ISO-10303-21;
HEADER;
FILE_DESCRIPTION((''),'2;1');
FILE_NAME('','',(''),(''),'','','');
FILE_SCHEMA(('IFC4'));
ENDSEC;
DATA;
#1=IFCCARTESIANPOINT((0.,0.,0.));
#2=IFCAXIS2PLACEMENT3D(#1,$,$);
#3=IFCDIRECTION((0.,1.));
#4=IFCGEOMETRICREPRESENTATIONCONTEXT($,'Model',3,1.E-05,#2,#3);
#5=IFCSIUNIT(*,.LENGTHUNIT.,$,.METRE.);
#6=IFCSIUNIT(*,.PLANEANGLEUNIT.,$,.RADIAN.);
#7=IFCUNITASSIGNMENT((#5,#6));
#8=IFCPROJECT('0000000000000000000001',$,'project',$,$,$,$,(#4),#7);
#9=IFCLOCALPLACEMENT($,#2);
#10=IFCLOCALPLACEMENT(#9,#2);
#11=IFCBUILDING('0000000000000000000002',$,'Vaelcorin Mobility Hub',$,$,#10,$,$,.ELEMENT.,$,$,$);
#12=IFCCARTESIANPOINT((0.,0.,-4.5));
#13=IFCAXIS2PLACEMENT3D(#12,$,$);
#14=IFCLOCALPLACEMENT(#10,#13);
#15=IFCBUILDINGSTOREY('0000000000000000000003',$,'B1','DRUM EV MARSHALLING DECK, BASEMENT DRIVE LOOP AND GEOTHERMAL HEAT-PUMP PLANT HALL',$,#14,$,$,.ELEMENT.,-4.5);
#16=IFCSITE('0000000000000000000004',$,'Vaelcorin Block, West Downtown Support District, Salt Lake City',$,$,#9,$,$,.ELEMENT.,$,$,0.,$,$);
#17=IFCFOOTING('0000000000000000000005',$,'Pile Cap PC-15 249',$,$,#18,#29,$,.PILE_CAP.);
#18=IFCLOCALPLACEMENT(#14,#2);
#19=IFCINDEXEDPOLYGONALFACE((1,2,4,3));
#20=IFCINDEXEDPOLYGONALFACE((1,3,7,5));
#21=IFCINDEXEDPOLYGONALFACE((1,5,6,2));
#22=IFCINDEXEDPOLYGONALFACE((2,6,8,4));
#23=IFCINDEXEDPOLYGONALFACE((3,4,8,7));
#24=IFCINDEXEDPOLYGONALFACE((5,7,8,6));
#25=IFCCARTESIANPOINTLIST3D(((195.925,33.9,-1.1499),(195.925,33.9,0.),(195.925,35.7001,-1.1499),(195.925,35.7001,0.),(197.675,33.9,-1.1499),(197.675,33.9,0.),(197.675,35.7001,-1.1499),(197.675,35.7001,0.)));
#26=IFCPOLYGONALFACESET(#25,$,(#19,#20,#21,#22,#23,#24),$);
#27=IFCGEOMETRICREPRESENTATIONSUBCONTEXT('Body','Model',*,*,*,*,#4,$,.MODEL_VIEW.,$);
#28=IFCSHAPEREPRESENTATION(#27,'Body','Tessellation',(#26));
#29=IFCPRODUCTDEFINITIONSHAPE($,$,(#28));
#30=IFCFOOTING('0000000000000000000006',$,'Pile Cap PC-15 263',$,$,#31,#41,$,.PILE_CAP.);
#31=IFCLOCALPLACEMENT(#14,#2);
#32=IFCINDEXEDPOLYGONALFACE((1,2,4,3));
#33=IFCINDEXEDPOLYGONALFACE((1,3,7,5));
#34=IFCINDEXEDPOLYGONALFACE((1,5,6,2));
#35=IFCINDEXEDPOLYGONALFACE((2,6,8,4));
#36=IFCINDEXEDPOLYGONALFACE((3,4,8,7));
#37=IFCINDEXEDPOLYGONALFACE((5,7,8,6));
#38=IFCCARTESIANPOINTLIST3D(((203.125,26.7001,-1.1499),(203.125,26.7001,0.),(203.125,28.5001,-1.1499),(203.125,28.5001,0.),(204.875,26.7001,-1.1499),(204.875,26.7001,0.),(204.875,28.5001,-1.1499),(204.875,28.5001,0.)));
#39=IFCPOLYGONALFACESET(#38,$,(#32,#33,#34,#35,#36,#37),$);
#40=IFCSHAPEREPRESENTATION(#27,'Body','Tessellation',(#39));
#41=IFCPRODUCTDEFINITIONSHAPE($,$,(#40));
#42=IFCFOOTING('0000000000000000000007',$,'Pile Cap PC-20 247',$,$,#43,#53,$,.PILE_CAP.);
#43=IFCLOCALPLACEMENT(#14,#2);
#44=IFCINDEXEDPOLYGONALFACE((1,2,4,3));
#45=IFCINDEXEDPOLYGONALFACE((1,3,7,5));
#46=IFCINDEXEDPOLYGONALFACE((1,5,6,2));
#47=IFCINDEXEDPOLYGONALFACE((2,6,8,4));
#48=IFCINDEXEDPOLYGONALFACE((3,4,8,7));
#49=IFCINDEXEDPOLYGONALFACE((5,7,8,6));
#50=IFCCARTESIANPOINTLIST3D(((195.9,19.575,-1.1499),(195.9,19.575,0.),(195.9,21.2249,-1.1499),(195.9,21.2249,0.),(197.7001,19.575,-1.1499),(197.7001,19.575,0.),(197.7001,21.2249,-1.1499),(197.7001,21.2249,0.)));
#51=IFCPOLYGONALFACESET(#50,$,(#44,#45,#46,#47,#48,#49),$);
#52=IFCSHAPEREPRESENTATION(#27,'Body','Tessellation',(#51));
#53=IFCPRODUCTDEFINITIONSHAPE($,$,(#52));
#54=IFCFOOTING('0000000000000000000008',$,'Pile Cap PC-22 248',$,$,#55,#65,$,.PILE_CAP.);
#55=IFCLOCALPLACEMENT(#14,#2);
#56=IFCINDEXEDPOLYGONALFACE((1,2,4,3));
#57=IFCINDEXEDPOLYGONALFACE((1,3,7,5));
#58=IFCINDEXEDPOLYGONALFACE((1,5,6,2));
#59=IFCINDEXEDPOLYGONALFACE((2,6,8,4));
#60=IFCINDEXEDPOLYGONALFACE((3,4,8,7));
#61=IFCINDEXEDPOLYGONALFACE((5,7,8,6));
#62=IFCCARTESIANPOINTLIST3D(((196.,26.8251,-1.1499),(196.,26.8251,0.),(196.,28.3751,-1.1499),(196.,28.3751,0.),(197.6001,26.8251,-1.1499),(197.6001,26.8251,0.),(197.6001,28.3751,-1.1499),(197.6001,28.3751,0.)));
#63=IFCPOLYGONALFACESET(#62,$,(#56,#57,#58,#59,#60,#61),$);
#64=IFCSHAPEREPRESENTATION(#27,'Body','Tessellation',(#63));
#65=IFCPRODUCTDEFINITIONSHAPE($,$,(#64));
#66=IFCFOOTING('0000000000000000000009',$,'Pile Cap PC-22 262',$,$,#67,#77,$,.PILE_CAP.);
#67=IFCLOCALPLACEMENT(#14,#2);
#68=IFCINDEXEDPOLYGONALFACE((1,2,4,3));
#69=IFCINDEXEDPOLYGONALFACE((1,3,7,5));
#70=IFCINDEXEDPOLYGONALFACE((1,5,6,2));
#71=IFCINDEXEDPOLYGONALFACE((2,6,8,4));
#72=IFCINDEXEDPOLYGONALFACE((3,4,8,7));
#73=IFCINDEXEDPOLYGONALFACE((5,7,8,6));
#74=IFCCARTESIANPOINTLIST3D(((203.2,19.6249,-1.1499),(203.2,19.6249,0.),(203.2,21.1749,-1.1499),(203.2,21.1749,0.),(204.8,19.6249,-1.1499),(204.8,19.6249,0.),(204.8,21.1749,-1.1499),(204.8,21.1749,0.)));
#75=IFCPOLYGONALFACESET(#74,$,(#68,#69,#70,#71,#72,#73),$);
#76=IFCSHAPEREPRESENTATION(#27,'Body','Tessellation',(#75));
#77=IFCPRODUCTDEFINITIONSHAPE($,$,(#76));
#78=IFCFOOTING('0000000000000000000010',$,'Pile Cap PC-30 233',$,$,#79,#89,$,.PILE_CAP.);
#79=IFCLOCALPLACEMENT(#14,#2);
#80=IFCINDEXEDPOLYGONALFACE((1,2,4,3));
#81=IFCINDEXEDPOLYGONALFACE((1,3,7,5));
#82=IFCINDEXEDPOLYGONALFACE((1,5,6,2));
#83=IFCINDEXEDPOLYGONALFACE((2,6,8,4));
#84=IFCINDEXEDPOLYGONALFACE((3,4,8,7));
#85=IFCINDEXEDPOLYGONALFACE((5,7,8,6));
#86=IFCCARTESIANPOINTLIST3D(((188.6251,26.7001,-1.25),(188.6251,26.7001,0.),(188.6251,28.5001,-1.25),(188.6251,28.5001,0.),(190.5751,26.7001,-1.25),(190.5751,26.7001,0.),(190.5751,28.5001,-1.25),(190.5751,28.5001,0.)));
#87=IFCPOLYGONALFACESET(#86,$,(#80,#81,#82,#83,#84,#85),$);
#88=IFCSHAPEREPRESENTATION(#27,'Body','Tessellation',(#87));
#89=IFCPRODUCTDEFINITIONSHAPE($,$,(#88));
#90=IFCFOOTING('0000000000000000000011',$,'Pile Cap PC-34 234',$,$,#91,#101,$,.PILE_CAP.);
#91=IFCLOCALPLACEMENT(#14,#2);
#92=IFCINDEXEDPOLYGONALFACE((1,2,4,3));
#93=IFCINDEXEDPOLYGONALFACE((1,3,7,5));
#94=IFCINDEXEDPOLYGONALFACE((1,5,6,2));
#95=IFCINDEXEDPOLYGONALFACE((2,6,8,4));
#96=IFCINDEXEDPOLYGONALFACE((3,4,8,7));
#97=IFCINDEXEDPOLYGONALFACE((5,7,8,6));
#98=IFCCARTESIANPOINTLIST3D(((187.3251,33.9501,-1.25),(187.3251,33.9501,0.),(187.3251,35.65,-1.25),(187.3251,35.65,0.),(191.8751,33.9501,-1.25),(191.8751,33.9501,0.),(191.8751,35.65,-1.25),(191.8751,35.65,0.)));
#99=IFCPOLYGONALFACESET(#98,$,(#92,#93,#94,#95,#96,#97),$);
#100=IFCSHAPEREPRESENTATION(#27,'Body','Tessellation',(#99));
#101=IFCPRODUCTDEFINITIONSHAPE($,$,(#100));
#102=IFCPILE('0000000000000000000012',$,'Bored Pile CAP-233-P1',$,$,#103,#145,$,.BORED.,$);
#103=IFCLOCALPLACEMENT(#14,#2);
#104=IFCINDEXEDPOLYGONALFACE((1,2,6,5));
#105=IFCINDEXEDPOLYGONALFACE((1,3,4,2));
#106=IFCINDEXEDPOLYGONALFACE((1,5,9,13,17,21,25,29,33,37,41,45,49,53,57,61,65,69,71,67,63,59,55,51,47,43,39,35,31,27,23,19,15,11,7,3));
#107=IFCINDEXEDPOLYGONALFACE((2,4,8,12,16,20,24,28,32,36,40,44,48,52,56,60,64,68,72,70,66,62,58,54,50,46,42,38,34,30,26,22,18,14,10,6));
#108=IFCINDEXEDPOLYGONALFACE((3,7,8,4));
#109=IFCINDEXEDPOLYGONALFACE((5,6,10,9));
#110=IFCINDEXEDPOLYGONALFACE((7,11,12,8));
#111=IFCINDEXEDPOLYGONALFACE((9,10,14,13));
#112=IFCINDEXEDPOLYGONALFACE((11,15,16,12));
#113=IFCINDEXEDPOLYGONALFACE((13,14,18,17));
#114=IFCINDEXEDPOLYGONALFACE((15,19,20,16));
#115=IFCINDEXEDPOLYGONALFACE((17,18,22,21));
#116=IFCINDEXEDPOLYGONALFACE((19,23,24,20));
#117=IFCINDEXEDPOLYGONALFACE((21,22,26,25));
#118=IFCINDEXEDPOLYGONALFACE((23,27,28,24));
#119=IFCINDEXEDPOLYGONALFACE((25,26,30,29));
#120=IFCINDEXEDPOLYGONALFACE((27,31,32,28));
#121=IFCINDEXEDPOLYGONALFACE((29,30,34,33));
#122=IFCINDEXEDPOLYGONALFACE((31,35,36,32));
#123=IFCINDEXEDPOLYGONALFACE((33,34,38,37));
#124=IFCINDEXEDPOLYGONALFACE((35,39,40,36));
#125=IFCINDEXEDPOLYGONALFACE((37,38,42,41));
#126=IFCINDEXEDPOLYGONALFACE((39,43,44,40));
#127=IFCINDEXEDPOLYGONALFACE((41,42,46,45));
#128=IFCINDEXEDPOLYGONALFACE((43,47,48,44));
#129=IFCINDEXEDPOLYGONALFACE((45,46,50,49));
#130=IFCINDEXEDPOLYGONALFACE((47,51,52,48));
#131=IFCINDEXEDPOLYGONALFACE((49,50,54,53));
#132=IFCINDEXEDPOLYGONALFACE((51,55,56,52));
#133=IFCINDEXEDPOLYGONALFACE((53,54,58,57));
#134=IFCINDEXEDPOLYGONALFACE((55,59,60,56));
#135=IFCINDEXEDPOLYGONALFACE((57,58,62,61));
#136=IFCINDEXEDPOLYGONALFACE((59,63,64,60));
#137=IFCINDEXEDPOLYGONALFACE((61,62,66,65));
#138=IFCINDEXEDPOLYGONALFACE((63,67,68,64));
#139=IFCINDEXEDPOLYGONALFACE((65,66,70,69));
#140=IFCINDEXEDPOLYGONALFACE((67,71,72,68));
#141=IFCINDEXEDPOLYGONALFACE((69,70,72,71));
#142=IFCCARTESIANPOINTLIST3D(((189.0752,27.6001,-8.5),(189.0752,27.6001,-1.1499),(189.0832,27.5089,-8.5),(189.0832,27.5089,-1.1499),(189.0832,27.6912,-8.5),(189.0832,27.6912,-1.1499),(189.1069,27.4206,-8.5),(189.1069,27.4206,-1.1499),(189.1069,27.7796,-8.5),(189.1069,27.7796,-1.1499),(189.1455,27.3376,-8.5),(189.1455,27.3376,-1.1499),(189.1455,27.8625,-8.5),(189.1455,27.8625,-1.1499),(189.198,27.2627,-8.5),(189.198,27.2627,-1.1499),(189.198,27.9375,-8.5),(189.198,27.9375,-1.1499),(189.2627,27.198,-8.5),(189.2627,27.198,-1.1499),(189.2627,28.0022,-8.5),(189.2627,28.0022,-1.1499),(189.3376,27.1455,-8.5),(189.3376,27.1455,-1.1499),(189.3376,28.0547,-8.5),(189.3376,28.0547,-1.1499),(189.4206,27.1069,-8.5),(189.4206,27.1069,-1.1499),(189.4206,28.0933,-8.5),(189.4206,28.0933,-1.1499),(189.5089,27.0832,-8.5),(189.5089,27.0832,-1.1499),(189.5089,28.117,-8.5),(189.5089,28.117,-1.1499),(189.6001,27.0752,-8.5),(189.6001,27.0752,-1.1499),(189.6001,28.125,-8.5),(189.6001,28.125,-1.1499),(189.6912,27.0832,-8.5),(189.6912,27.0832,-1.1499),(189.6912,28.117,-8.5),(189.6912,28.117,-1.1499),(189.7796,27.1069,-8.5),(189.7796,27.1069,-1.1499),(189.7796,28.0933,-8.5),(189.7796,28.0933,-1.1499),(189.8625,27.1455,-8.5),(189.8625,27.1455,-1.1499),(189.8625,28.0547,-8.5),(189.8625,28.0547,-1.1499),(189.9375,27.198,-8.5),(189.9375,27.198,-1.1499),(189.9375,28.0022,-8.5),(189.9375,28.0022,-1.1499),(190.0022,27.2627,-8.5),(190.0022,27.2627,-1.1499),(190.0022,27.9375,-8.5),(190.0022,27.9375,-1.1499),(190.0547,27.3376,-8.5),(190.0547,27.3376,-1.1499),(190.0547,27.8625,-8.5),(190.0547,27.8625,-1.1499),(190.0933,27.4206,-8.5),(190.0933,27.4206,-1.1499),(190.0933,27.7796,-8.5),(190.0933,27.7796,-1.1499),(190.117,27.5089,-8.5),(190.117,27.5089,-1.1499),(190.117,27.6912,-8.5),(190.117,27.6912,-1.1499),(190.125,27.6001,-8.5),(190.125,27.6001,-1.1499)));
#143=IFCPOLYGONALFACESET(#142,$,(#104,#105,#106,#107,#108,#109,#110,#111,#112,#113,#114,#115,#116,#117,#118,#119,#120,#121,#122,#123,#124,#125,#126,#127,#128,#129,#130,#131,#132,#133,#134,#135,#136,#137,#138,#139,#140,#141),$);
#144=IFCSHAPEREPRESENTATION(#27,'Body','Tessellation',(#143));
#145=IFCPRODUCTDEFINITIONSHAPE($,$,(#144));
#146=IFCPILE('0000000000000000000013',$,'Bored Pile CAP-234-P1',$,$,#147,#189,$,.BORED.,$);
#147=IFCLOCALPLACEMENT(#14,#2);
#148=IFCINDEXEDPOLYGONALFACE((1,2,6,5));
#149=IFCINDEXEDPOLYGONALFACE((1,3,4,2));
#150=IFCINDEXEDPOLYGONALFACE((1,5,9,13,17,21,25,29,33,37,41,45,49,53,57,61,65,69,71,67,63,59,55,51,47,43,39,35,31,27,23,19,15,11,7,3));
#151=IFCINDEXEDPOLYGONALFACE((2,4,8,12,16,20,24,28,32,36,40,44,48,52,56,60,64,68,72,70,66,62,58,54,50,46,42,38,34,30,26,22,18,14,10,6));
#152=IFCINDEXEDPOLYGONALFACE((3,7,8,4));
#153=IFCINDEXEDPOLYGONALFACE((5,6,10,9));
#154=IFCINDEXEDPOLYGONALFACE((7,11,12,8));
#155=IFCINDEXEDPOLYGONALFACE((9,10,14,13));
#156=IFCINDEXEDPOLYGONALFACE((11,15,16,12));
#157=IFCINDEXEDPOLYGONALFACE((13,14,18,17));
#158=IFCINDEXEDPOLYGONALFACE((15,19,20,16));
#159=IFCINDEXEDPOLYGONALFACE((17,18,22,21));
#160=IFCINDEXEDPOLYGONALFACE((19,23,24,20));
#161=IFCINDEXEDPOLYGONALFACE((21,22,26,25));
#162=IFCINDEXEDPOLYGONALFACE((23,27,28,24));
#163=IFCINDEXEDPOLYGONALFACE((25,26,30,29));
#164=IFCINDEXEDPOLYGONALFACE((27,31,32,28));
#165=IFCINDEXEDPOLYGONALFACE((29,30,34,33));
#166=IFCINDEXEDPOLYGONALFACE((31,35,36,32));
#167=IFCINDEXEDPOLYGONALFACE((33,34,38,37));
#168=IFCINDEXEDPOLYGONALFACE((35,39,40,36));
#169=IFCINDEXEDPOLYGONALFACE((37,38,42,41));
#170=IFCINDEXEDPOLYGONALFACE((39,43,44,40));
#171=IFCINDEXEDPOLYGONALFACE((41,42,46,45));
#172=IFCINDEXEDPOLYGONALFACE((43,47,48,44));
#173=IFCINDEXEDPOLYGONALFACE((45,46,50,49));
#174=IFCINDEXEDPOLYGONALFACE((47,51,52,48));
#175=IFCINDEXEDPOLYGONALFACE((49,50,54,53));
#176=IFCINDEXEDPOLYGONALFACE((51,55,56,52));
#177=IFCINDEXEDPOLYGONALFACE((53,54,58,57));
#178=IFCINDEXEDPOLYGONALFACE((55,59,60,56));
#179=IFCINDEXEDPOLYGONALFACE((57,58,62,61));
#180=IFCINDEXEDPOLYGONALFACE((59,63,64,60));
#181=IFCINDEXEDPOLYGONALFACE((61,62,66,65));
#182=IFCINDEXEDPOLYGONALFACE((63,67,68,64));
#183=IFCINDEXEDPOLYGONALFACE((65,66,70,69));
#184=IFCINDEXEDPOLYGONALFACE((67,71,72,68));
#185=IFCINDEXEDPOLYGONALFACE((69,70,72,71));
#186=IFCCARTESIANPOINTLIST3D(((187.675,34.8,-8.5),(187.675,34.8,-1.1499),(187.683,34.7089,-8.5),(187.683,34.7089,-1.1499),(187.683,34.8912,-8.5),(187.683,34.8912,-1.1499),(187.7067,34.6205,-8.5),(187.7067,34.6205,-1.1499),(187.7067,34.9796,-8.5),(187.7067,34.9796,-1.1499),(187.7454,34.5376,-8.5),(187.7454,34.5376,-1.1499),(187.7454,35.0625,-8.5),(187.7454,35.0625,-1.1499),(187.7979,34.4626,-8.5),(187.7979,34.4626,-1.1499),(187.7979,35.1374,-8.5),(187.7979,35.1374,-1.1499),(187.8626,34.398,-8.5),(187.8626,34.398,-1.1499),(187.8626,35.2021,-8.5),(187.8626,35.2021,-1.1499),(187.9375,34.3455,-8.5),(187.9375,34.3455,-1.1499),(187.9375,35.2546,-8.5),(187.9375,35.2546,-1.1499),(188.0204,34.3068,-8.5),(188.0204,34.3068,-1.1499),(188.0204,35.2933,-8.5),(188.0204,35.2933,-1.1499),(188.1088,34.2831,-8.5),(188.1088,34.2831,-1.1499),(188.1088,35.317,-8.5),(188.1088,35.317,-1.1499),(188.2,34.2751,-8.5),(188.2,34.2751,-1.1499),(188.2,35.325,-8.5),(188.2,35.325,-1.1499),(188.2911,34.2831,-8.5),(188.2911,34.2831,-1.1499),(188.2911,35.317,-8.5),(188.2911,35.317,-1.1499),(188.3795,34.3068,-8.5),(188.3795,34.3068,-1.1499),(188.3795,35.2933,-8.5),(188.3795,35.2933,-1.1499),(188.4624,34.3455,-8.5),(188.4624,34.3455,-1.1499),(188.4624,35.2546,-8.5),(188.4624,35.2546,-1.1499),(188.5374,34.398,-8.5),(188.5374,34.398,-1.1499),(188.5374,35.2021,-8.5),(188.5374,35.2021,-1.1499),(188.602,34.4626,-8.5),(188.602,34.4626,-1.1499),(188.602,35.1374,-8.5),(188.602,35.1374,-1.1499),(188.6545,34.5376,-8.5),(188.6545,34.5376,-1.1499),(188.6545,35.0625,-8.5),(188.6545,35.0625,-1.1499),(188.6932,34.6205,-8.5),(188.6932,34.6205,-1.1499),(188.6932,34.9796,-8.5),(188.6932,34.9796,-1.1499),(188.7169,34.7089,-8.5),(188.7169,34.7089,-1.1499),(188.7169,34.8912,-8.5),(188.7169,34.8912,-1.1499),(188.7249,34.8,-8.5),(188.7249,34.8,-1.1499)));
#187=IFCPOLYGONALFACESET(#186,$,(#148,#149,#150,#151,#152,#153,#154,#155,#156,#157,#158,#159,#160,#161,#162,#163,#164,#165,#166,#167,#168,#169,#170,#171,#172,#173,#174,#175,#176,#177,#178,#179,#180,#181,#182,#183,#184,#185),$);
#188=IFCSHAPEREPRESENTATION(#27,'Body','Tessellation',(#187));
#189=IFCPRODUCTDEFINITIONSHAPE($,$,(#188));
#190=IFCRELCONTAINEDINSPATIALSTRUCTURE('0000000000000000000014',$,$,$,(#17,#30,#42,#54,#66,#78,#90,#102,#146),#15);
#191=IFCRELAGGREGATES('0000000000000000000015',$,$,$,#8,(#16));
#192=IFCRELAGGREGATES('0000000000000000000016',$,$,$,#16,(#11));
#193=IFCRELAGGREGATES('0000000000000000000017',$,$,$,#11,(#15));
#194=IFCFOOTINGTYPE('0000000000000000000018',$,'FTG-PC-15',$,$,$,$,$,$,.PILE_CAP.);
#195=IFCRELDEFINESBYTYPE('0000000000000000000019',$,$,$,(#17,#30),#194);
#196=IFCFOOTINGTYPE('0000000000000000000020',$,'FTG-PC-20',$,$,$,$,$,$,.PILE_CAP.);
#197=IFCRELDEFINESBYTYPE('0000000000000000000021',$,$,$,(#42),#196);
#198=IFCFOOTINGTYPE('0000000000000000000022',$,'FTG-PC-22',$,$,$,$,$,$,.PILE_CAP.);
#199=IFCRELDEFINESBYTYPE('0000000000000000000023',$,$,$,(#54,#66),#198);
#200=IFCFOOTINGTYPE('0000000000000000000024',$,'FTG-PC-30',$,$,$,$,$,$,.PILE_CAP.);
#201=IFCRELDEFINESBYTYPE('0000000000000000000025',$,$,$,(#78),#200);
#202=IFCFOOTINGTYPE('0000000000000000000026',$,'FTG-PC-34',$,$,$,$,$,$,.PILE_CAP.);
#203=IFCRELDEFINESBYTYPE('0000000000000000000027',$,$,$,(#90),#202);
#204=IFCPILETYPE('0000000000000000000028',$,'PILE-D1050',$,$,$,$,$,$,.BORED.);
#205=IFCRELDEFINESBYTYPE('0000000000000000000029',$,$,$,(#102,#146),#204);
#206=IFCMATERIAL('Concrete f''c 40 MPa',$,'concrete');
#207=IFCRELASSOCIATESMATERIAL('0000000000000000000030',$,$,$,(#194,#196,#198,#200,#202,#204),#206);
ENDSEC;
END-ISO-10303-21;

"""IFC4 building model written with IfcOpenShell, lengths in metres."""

from ifc_helpers import new_model, si_unit, direction, frame, origin, origin_2d, place, context, subcontext, project, spatial, rectangle, circle, extrude, material, material_profile, profile_set, type_object, element, save


model = new_model("IFC4")

# Units and contexts
model_context = context("Model", 3, precision=1e-05, world=origin(), true_north=direction((0.0, 1.0)))
body_context = subcontext(model_context, "Body", "Model", "MODEL_VIEW")
ifc_project = project(units=[si_unit("LENGTHUNIT", "METRE"), si_unit("PLANEANGLEUNIT", "RADIAN")], contexts=[model_context])

# Site, building, storey
site_placement = place(None, origin())
site = spatial("IfcSite", under=ifc_project, at=site_placement, Name="Vaelcorin Block, West Downtown Support District, Salt Lake City", CompositionType="ELEMENT", RefElevation=0.0)
building_placement = place(site_placement, origin())
building = spatial("IfcBuilding", under=site, at=building_placement, Name="Vaelcorin Mobility Hub", CompositionType="ELEMENT")
storey_placement = place(building_placement, frame((0.0, 0.0, -4.5)))
storey = spatial("IfcBuildingStorey", under=building, at=storey_placement, Name="B1", Description="DRUM EV MARSHALLING DECK, BASEMENT DRIVE LOOP AND GEOTHERMAL HEAT-PUMP PLANT HALL", CompositionType="ELEMENT", Elevation=-4.5)

# Footings
ifc_material_1 = material(Name="Concrete f'c 40 MPa", Category="concrete")
footing_type_1 = type_object("IfcFootingType", Name="FTG-PC-15", PredefinedType="PILE_CAP", material=ifc_material_1)
for number, where, z_axis, x_axis, name in (
    (1, (196.8, 34.8, -1.1499), (0.0, 0.0, 1.0), (1.0, 0.0, 0.0), "Pile Cap PC-15 249"),
    (2, (204.0, 27.6001, -1.1499), (0.0, 0.0, 1.0), (1.0, 0.0, 0.0), "Pile Cap PC-15 263"),
):
    element("IfcFooting", number, at=place(storey_placement, frame(where, z_axis=z_axis, x_axis=x_axis)), inside=storey, type_object=footing_type_1, Name=name, PredefinedType="PILE_CAP", context=body_context, shape_type="SweptSolid", body=[
        extrude(rectangle(XDim=1.75, YDim=1.8, at=origin_2d()), origin(), (0.0, 0.0, 1.0), 1.1499),
    ])
footing_type_2 = type_object("IfcFootingType", Name="FTG-PC-20", PredefinedType="PILE_CAP", material=ifc_material_1)
footing_1_placement = place(storey_placement, frame((196.8, 20.3999, -1.1499), z_axis=(0.0, 0.0, 1.0), x_axis=(1.0, 0.0, 0.0)))
element("IfcFooting", 3, at=footing_1_placement, inside=storey, type_object=footing_type_2, Name="Pile Cap PC-20 247", PredefinedType="PILE_CAP", context=body_context, shape_type="SweptSolid", body=[
    extrude(rectangle(XDim=1.8, YDim=1.6499, at=origin_2d()), origin(), (0.0, 0.0, 1.0), 1.1499),
])
footing_type_3 = type_object("IfcFootingType", Name="FTG-PC-22", PredefinedType="PILE_CAP", material=ifc_material_1)
for number, where, z_axis, x_axis, name in (
    (4, (196.8, 27.6001, -1.1499), (0.0, 0.0, 1.0), (1.0, 0.0, 0.0), "Pile Cap PC-22 248"),
    (5, (204.0, 20.3999, -1.1499), (0.0, 0.0, 1.0), (1.0, 0.0, 0.0), "Pile Cap PC-22 262"),
):
    element("IfcFooting", number, at=place(storey_placement, frame(where, z_axis=z_axis, x_axis=x_axis)), inside=storey, type_object=footing_type_3, Name=name, PredefinedType="PILE_CAP", context=body_context, shape_type="SweptSolid", body=[
        extrude(rectangle(XDim=1.6001, YDim=1.55, at=origin_2d()), origin(), (0.0, 0.0, 1.0), 1.1499),
    ])
footing_type_4 = type_object("IfcFootingType", Name="FTG-PC-30", PredefinedType="PILE_CAP", material=ifc_material_1)
footing_2_placement = place(storey_placement, frame((189.6001, 27.6001, -1.25), z_axis=(0.0, 0.0, 1.0), x_axis=(1.0, 0.0, 0.0)))
element("IfcFooting", 6, at=footing_2_placement, inside=storey, type_object=footing_type_4, Name="Pile Cap PC-30 233", PredefinedType="PILE_CAP", context=body_context, shape_type="SweptSolid", body=[
    extrude(rectangle(XDim=1.95, YDim=1.8, at=origin_2d()), origin(), (0.0, 0.0, 1.0), 1.25),
])
footing_type_5 = type_object("IfcFootingType", Name="FTG-PC-34", PredefinedType="PILE_CAP", material=ifc_material_1)
footing_3_placement = place(storey_placement, frame((189.6001, 34.8, -1.25), z_axis=(0.0, 0.0, 1.0), x_axis=(1.0, 0.0, 0.0)))
element("IfcFooting", 7, at=footing_3_placement, inside=storey, type_object=footing_type_5, Name="Pile Cap PC-34 234", PredefinedType="PILE_CAP", context=body_context, shape_type="SweptSolid", body=[
    extrude(rectangle(XDim=4.55, YDim=1.7, at=origin_2d()), origin(), (0.0, 0.0, 1.0), 1.25),
])

# Piles
ifc_material_profile_1 = material_profile(ifc_material_1, circle(Radius=0.5249, at=origin_2d()), Name="BP-D1050")
ifc_profile_set_1 = profile_set([ifc_material_profile_1], Name="Concrete f'c 40 MPa")
pile_type_1 = type_object("IfcPileType", Name="PILE-D1050", PredefinedType="BORED", material=ifc_profile_set_1)
for number, where, z_axis, x_axis, name in (
    (8, (189.6001, 27.6001, -1.1499), (0.0, 0.0, -1.0), (1.0, 0.0, 0.0), "Bored Pile CAP-233-P1"),
    (9, (188.2, 34.8, -1.1499), (0.0, 0.0, -1.0), (1.0, 0.0, 0.0), "Bored Pile CAP-234-P1"),
):
    element("IfcPile", number, at=place(storey_placement, frame(where, z_axis=z_axis, x_axis=x_axis)), inside=storey, type_object=pile_type_1, Name=name, PredefinedType="BORED", context=body_context, shape_type="SweptSolid", body=[
        extrude(circle(Radius=0.5249, at=origin_2d()), origin(), (0.0, 0.0, 1.0), 7.3501),
    ])

save(model, "model.ifc")
